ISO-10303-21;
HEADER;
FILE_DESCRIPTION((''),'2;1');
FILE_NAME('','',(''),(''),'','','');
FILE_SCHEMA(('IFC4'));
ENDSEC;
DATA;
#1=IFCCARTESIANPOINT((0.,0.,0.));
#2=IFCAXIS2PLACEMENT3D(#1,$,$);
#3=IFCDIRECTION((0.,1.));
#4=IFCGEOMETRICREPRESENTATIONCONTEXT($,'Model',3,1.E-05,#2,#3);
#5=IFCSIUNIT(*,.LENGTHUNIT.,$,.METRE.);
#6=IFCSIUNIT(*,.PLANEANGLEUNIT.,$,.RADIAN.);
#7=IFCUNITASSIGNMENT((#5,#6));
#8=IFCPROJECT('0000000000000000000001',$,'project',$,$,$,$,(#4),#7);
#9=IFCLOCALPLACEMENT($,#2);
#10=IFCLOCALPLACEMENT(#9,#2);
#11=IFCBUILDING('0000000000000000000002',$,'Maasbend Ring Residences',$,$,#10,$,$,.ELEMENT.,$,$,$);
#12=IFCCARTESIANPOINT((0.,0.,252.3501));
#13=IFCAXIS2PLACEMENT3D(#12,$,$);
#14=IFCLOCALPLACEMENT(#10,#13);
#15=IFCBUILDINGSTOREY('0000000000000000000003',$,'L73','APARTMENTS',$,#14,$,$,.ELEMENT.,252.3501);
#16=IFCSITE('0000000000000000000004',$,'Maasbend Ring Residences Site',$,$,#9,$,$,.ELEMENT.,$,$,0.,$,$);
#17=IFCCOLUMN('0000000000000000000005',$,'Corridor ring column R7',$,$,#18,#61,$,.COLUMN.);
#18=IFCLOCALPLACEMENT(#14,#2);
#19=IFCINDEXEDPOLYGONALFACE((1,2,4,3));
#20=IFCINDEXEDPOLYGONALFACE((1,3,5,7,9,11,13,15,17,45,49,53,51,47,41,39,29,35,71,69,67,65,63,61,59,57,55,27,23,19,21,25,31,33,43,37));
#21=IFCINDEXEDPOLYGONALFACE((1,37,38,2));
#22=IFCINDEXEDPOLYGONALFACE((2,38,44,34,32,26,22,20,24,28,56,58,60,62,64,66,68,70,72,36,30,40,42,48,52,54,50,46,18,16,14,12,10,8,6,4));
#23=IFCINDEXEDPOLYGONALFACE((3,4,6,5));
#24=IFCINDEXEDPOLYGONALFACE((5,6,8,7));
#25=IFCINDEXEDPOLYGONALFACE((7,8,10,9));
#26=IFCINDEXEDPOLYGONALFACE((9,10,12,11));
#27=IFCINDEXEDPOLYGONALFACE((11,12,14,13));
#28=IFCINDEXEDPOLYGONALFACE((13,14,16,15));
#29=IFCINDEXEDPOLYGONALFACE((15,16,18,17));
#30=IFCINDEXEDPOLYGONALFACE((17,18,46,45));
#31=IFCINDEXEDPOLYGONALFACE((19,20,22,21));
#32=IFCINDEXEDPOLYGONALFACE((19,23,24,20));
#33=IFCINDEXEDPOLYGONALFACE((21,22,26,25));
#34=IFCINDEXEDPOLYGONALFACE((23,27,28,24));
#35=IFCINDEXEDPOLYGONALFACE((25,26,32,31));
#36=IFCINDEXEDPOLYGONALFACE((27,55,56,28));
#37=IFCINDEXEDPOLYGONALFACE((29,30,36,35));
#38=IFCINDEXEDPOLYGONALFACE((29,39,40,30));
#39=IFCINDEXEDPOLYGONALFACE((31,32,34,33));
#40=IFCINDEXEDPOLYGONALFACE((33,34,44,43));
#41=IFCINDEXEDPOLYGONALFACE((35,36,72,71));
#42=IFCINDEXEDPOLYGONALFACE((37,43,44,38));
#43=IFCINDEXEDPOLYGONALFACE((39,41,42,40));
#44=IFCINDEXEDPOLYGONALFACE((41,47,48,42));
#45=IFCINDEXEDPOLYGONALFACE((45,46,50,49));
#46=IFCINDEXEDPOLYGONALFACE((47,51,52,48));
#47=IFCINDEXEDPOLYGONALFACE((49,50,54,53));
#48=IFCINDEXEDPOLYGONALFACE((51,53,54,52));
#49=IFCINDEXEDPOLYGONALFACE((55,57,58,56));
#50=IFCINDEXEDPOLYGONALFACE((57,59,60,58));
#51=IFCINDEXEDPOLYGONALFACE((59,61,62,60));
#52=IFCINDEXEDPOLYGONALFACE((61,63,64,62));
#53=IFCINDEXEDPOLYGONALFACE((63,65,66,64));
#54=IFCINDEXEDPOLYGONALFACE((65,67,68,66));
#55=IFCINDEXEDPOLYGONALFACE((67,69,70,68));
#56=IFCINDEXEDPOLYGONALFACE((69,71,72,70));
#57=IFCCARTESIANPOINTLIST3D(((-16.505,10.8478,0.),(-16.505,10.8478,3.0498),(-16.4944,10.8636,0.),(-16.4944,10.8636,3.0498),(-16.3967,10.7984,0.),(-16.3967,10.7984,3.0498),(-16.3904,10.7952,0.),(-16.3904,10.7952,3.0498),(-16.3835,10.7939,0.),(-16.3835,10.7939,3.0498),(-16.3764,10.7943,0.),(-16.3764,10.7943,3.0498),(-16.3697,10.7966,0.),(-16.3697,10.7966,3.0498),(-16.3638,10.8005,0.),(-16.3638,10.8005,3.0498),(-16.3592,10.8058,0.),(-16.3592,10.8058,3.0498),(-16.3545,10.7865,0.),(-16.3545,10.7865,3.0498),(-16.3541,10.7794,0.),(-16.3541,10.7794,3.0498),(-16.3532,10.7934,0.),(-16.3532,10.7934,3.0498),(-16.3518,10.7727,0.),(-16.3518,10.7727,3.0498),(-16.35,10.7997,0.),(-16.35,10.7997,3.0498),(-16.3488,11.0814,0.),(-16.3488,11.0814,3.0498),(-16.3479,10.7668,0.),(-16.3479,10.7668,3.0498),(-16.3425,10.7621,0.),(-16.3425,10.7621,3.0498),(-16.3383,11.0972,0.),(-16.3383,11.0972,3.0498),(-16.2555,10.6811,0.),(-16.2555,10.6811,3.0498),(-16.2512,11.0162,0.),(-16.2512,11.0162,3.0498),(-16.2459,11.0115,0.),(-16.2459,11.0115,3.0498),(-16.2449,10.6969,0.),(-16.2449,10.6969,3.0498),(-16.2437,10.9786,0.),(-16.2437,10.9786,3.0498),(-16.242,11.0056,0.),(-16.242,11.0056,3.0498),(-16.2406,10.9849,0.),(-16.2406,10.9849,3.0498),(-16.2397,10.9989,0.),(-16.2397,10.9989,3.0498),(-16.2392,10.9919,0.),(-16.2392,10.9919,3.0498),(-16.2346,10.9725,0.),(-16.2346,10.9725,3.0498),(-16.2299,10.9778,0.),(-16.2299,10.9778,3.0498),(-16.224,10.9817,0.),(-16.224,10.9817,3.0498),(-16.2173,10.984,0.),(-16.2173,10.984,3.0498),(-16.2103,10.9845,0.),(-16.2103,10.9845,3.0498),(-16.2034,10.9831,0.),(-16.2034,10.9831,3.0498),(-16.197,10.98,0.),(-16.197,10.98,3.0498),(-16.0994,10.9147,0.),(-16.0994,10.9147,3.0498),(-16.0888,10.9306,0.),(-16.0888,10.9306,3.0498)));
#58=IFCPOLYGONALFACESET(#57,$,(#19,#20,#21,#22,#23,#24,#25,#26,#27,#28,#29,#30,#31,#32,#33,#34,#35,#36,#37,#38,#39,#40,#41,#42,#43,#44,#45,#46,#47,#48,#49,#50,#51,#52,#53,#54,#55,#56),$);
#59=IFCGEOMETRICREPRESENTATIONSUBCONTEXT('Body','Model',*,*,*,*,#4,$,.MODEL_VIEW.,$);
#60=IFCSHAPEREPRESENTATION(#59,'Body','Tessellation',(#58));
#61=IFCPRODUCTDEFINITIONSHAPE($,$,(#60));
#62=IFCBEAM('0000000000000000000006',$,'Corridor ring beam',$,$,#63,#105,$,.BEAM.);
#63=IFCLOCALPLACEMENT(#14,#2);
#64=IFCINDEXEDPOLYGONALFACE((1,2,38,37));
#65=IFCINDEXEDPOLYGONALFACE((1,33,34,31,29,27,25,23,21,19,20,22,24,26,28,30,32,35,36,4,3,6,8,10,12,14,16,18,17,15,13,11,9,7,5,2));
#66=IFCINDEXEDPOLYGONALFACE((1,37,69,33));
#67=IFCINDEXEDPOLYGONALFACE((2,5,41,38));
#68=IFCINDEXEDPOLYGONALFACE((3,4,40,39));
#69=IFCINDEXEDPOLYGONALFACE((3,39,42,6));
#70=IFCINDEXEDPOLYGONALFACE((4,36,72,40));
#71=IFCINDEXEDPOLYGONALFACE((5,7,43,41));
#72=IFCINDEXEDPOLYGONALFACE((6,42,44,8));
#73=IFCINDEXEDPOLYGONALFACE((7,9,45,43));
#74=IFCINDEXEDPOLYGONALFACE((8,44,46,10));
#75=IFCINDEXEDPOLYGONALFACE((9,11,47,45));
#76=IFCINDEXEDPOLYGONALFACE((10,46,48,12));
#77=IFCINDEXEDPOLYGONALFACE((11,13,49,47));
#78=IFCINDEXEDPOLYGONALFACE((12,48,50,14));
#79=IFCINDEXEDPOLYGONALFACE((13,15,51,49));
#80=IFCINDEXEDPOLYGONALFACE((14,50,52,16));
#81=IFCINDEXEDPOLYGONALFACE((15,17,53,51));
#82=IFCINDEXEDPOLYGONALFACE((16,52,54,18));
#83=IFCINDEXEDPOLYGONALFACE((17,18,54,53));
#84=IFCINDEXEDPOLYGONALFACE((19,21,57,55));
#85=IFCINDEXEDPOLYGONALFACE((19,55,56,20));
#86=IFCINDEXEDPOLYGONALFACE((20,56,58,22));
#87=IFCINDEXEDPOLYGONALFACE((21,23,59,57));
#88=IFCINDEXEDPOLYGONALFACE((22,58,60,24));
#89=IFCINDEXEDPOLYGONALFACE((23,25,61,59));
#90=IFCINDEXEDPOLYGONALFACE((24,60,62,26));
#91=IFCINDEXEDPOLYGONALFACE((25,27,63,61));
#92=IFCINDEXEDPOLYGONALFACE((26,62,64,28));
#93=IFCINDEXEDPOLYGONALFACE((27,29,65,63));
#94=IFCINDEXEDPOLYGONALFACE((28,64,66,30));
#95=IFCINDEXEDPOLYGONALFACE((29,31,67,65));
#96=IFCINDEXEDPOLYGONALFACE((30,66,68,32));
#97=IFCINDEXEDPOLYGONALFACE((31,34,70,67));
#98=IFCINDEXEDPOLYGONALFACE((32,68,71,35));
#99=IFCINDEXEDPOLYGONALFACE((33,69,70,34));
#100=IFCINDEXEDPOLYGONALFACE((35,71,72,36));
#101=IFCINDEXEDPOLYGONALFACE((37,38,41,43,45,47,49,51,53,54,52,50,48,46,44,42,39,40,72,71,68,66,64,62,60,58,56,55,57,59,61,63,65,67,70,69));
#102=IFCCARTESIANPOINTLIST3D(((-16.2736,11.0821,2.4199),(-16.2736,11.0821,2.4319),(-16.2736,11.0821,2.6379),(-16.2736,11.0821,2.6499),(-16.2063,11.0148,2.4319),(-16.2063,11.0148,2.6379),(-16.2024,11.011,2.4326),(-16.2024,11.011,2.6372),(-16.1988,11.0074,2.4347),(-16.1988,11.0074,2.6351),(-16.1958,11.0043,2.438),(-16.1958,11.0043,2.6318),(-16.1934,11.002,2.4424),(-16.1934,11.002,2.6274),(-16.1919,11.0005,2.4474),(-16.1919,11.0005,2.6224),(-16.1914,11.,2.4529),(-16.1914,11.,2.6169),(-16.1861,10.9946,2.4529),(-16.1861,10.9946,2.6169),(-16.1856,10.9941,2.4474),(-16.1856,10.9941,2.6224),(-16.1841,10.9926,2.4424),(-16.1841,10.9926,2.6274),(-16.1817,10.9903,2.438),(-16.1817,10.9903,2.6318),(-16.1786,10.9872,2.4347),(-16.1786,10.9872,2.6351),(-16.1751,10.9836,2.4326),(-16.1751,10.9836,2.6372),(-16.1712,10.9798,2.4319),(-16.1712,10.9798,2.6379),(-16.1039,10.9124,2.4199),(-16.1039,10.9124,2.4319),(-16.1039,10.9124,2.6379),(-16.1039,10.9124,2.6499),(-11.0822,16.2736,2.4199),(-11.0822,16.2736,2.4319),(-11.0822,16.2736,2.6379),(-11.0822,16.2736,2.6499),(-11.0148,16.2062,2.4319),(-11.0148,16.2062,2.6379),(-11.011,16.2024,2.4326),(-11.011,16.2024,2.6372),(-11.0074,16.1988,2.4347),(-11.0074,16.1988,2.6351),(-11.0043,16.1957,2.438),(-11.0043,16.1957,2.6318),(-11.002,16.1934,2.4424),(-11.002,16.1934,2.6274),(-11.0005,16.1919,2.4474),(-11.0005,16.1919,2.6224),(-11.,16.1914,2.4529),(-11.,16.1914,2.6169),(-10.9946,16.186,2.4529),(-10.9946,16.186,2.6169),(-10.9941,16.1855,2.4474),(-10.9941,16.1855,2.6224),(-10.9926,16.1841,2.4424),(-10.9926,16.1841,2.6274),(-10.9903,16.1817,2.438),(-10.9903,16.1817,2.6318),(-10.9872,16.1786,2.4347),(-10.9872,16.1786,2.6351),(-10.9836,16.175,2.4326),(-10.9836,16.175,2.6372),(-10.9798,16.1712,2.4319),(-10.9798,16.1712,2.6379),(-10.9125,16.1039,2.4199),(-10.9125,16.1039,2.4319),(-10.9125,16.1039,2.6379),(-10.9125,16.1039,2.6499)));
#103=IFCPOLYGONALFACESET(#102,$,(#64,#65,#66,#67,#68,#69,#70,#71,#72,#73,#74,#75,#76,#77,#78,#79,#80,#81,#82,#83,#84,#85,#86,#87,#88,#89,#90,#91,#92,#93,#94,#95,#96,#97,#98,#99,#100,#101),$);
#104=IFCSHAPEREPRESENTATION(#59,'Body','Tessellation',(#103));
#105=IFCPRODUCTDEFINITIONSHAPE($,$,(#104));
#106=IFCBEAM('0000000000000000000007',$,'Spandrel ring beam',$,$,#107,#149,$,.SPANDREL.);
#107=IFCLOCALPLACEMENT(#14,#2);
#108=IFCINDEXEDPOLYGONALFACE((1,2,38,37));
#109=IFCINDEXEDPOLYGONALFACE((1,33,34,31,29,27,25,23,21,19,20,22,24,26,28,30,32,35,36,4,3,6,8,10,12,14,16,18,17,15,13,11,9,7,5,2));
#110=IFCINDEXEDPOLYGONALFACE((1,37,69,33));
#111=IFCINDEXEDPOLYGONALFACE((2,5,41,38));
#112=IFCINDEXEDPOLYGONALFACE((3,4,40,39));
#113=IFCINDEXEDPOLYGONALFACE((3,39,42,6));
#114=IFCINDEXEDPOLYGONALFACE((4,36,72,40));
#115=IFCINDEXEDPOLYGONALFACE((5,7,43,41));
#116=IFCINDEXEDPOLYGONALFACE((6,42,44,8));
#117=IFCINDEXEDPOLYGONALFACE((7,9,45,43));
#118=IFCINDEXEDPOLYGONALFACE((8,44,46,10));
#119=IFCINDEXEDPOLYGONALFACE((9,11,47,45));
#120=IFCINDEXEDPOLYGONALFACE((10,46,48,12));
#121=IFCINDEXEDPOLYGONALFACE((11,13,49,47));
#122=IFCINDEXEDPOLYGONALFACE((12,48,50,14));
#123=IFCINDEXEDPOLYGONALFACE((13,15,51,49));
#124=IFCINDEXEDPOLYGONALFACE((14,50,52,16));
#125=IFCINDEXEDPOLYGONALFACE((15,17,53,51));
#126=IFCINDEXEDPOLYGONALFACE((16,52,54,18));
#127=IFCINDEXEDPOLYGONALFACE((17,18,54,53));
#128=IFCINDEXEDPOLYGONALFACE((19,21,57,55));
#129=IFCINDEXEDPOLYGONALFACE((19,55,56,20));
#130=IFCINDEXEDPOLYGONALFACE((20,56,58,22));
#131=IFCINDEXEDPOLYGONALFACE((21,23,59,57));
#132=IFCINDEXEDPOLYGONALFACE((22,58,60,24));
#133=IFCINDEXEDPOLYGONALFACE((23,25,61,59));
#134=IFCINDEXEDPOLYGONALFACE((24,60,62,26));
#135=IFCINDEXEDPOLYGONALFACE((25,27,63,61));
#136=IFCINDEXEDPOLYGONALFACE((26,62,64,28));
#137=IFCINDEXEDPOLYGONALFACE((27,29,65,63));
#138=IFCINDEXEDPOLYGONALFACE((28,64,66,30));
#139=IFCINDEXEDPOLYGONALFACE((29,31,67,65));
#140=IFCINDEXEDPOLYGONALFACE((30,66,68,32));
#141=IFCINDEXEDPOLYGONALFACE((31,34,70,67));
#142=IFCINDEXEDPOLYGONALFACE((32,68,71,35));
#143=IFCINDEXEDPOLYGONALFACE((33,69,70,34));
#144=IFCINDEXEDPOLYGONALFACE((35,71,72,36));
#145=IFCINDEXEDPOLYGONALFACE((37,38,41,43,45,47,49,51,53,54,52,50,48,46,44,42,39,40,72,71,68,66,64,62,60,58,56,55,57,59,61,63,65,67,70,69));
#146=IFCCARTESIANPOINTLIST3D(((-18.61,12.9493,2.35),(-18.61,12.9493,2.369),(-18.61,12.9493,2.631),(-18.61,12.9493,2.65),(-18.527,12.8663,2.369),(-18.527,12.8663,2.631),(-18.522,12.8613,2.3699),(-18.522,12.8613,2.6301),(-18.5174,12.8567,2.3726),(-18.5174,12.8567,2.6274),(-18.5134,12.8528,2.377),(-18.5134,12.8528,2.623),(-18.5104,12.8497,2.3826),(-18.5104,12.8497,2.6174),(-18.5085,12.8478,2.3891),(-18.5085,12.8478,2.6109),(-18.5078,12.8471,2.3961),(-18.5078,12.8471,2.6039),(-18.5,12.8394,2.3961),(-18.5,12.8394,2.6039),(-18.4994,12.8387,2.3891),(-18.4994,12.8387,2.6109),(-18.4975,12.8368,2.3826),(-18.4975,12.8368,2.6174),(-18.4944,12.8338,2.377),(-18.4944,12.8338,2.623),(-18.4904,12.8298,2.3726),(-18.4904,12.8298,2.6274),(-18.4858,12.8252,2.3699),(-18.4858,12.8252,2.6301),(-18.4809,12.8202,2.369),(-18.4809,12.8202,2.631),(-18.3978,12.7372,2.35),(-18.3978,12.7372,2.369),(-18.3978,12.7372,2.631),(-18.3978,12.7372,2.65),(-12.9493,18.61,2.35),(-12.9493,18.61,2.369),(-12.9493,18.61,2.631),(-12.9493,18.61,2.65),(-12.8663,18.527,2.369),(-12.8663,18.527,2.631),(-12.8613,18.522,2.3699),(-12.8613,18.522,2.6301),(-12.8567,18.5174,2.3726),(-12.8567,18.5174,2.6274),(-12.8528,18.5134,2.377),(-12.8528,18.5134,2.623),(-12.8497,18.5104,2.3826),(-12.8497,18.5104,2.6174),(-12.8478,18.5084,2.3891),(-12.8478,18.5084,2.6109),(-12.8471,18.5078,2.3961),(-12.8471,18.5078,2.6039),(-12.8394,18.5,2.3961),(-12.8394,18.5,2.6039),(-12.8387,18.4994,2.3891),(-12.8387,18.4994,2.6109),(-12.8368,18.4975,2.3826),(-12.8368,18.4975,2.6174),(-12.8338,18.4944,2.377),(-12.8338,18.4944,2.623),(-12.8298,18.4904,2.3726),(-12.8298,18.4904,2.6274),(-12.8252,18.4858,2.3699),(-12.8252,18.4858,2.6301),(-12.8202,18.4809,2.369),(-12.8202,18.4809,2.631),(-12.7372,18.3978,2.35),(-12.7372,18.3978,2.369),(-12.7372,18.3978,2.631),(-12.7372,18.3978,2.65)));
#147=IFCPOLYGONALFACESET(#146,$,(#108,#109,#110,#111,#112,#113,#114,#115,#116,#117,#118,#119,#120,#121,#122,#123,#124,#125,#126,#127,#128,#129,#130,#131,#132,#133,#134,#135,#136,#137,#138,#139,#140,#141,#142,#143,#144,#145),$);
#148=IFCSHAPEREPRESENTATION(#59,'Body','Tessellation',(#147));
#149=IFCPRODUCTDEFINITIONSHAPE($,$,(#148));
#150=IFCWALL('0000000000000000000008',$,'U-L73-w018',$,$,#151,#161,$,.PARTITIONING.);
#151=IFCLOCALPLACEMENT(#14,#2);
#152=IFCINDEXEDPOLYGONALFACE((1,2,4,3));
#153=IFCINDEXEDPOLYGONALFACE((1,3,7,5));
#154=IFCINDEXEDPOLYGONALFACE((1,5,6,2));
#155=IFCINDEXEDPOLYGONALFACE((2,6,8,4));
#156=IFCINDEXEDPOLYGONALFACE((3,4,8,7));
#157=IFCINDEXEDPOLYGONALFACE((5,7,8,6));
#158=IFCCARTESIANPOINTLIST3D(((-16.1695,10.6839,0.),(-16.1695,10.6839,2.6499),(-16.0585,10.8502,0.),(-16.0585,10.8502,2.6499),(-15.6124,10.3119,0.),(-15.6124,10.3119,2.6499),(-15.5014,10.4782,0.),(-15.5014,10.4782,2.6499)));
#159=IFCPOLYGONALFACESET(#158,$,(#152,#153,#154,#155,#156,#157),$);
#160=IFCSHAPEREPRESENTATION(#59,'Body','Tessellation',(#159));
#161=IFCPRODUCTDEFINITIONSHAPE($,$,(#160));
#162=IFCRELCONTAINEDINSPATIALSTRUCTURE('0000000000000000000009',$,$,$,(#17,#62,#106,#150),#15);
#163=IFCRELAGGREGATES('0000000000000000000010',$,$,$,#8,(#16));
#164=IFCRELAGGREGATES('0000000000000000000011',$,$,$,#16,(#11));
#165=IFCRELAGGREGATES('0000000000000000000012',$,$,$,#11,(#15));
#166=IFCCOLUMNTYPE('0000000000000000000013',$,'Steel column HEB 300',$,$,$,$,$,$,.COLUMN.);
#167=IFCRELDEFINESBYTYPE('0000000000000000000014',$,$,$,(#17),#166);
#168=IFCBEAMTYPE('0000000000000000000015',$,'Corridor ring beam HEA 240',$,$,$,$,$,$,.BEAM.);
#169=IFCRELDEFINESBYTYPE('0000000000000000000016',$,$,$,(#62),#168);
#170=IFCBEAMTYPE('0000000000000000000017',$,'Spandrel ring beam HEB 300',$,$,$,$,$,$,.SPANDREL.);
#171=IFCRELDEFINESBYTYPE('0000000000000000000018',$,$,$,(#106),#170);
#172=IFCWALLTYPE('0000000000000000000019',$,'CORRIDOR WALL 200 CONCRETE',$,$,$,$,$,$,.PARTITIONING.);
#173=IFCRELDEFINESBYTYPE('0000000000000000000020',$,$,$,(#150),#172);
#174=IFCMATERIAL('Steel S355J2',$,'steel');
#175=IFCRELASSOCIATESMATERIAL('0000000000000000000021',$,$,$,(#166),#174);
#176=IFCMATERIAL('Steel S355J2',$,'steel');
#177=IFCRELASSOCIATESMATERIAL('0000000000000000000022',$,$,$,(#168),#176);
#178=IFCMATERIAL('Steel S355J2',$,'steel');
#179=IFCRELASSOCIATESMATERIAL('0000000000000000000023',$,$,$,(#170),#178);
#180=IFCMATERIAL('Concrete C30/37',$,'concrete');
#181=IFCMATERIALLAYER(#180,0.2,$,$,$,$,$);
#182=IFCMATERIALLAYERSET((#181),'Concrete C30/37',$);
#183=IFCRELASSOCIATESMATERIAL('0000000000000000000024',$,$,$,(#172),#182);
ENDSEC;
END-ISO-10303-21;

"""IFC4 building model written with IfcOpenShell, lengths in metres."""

from ifc_helpers import new_model, si_unit, direction, frame, frame_2d, origin, origin_2d, place, context, subcontext, project, spatial, rectangle, i_section, extrude, material, layer, layer_set, material_profile, profile_set, type_object, element, save


model = new_model("IFC4")

# Units and contexts
model_context = context("Model", 3, precision=1e-05, world=origin(), true_north=direction((0.0, 1.0)))
body_context = subcontext(model_context, "Body", "Model", "MODEL_VIEW")
ifc_project = project(units=[si_unit("LENGTHUNIT", "METRE"), si_unit("PLANEANGLEUNIT", "RADIAN")], contexts=[model_context])

# Site, building, storey
site_placement = place(None, origin())
site = spatial("IfcSite", under=ifc_project, at=site_placement, Name="Maasbend Ring Residences Site", CompositionType="ELEMENT", RefElevation=0.0)
building_placement = place(site_placement, origin())
building = spatial("IfcBuilding", under=site, at=building_placement, Name="Maasbend Ring Residences", CompositionType="ELEMENT")
storey_placement = place(building_placement, frame((0.0, 0.0, 252.3501)))
storey = spatial("IfcBuildingStorey", under=building, at=storey_placement, Name="L73", Description="APARTMENTS", CompositionType="ELEMENT", Elevation=252.3501)

# Column
ifc_material_1 = material(Name="Steel S355J2", Category="steel")
ifc_material_profile_1 = material_profile(ifc_material_1, i_section(OverallWidth=0.3, OverallDepth=0.3, WebThickness=0.011, FlangeThickness=0.019, FilletRadius=0.0271, at=origin_2d()), Name="HEB 300")
ifc_profile_set_1 = profile_set([ifc_material_profile_1], Name="Steel S355J2")
column_type_1 = type_object("IfcColumnType", Name="Steel column HEB 300", PredefinedType="COLUMN", material=ifc_profile_set_1)
for number, where, z_axis, x_axis, name in (
    (1, (-16.2969, 10.8892, 0.0), (0.0, 0.0, 1.0), (-0.83147, 0.55557, 0.0), "Corridor ring column R7"),
):
    element("IfcColumn", number, at=place(storey_placement, frame(where, z_axis=z_axis, x_axis=x_axis)), inside=storey, type_object=column_type_1, Name=name, PredefinedType="COLUMN", context=body_context, shape_type="SweptSolid", body=[
        extrude(i_section(OverallWidth=0.3, OverallDepth=0.3, WebThickness=0.011, FlangeThickness=0.019, FilletRadius=0.0271, at=origin_2d()), origin(), (0.0, 0.0, 1.0), 3.0498),
    ])

# Beams
ifc_material_2 = material(Name="Steel S355J2", Category="steel")
ifc_material_profile_2 = material_profile(ifc_material_2, i_section(OverallWidth=0.24, OverallDepth=0.23, WebThickness=0.0076, FlangeThickness=0.012, FilletRadius=0.021, at=origin_2d()), Name="HEA 240")
ifc_profile_set_2 = profile_set([ifc_material_profile_2], Name="Steel S355J2")
beam_type_1 = type_object("IfcBeamType", Name="Corridor ring beam HEA 240", PredefinedType="BEAM", material=ifc_profile_set_2)
beam_1_placement = place(storey_placement, frame((-10.9973, 16.1887, 2.5349), z_axis=(-0.707107, -0.707107, 0.0), x_axis=(0.707107, -0.707107, 0.0)))
element("IfcBeam", 2, at=beam_1_placement, inside=storey, type_object=beam_type_1, Name="Corridor ring beam", PredefinedType="BEAM", context=body_context, shape_type="SweptSolid", body=[
    extrude(i_section(OverallWidth=0.24, OverallDepth=0.23, WebThickness=0.0076, FlangeThickness=0.012, FilletRadius=0.021, at=origin_2d()), origin(), (0.0, 0.0, 1.0), 7.3418),
])
ifc_material_3 = material(Name="Steel S355J2", Category="steel")
ifc_material_profile_3 = material_profile(ifc_material_3, i_section(OverallWidth=0.3, OverallDepth=0.3, WebThickness=0.011, FlangeThickness=0.019, FilletRadius=0.0271, at=origin_2d()), Name="HEB 300")
ifc_profile_set_3 = profile_set([ifc_material_profile_3], Name="Steel S355J2")
beam_type_2 = type_object("IfcBeamType", Name="Spandrel ring beam HEB 300", PredefinedType="SPANDREL", material=ifc_profile_set_3)
beam_2_placement = place(storey_placement, frame((-12.8433, 18.5039, 2.5), z_axis=(-0.707107, -0.707107, 0.0), x_axis=(0.707107, -0.707107, 0.0)))
element("IfcBeam", 3, at=beam_2_placement, inside=storey, type_object=beam_type_2, Name="Spandrel ring beam", PredefinedType="SPANDREL", context=body_context, shape_type="SweptSolid", body=[
    extrude(i_section(OverallWidth=0.3, OverallDepth=0.3, WebThickness=0.011, FlangeThickness=0.019, FilletRadius=0.0271, at=origin_2d()), origin(), (0.0, 0.0, 1.0), 8.0054),
])

# Wall
ifc_material_4 = material(Name="Concrete C30/37", Category="concrete")
ifc_layer_1 = layer(ifc_material_4, 0.2)
ifc_layer_set_1 = layer_set([ifc_layer_1], Name="Concrete C30/37")
wall_type_1 = type_object("IfcWallType", Name="CORRIDOR WALL 200 CONCRETE", PredefinedType="PARTITIONING", material=ifc_layer_set_1)
wall_1_placement = place(storey_placement, frame((-16.114, 10.7671, 0.0), z_axis=(0.0, 0.0, 1.0), x_axis=(0.831602, -0.555373, 0.0)))
element("IfcWall", 4, at=wall_1_placement, inside=storey, type_object=wall_type_1, Name="U-L73-w018", PredefinedType="PARTITIONING", context=body_context, shape_type="SweptSolid", body=[
    extrude(rectangle(XDim=0.6699, YDim=0.2, at=frame_2d((0.335, 0.0))), origin(), (0.0, 0.0, 1.0), 2.6499),
])

save(model, "model.ifc")
